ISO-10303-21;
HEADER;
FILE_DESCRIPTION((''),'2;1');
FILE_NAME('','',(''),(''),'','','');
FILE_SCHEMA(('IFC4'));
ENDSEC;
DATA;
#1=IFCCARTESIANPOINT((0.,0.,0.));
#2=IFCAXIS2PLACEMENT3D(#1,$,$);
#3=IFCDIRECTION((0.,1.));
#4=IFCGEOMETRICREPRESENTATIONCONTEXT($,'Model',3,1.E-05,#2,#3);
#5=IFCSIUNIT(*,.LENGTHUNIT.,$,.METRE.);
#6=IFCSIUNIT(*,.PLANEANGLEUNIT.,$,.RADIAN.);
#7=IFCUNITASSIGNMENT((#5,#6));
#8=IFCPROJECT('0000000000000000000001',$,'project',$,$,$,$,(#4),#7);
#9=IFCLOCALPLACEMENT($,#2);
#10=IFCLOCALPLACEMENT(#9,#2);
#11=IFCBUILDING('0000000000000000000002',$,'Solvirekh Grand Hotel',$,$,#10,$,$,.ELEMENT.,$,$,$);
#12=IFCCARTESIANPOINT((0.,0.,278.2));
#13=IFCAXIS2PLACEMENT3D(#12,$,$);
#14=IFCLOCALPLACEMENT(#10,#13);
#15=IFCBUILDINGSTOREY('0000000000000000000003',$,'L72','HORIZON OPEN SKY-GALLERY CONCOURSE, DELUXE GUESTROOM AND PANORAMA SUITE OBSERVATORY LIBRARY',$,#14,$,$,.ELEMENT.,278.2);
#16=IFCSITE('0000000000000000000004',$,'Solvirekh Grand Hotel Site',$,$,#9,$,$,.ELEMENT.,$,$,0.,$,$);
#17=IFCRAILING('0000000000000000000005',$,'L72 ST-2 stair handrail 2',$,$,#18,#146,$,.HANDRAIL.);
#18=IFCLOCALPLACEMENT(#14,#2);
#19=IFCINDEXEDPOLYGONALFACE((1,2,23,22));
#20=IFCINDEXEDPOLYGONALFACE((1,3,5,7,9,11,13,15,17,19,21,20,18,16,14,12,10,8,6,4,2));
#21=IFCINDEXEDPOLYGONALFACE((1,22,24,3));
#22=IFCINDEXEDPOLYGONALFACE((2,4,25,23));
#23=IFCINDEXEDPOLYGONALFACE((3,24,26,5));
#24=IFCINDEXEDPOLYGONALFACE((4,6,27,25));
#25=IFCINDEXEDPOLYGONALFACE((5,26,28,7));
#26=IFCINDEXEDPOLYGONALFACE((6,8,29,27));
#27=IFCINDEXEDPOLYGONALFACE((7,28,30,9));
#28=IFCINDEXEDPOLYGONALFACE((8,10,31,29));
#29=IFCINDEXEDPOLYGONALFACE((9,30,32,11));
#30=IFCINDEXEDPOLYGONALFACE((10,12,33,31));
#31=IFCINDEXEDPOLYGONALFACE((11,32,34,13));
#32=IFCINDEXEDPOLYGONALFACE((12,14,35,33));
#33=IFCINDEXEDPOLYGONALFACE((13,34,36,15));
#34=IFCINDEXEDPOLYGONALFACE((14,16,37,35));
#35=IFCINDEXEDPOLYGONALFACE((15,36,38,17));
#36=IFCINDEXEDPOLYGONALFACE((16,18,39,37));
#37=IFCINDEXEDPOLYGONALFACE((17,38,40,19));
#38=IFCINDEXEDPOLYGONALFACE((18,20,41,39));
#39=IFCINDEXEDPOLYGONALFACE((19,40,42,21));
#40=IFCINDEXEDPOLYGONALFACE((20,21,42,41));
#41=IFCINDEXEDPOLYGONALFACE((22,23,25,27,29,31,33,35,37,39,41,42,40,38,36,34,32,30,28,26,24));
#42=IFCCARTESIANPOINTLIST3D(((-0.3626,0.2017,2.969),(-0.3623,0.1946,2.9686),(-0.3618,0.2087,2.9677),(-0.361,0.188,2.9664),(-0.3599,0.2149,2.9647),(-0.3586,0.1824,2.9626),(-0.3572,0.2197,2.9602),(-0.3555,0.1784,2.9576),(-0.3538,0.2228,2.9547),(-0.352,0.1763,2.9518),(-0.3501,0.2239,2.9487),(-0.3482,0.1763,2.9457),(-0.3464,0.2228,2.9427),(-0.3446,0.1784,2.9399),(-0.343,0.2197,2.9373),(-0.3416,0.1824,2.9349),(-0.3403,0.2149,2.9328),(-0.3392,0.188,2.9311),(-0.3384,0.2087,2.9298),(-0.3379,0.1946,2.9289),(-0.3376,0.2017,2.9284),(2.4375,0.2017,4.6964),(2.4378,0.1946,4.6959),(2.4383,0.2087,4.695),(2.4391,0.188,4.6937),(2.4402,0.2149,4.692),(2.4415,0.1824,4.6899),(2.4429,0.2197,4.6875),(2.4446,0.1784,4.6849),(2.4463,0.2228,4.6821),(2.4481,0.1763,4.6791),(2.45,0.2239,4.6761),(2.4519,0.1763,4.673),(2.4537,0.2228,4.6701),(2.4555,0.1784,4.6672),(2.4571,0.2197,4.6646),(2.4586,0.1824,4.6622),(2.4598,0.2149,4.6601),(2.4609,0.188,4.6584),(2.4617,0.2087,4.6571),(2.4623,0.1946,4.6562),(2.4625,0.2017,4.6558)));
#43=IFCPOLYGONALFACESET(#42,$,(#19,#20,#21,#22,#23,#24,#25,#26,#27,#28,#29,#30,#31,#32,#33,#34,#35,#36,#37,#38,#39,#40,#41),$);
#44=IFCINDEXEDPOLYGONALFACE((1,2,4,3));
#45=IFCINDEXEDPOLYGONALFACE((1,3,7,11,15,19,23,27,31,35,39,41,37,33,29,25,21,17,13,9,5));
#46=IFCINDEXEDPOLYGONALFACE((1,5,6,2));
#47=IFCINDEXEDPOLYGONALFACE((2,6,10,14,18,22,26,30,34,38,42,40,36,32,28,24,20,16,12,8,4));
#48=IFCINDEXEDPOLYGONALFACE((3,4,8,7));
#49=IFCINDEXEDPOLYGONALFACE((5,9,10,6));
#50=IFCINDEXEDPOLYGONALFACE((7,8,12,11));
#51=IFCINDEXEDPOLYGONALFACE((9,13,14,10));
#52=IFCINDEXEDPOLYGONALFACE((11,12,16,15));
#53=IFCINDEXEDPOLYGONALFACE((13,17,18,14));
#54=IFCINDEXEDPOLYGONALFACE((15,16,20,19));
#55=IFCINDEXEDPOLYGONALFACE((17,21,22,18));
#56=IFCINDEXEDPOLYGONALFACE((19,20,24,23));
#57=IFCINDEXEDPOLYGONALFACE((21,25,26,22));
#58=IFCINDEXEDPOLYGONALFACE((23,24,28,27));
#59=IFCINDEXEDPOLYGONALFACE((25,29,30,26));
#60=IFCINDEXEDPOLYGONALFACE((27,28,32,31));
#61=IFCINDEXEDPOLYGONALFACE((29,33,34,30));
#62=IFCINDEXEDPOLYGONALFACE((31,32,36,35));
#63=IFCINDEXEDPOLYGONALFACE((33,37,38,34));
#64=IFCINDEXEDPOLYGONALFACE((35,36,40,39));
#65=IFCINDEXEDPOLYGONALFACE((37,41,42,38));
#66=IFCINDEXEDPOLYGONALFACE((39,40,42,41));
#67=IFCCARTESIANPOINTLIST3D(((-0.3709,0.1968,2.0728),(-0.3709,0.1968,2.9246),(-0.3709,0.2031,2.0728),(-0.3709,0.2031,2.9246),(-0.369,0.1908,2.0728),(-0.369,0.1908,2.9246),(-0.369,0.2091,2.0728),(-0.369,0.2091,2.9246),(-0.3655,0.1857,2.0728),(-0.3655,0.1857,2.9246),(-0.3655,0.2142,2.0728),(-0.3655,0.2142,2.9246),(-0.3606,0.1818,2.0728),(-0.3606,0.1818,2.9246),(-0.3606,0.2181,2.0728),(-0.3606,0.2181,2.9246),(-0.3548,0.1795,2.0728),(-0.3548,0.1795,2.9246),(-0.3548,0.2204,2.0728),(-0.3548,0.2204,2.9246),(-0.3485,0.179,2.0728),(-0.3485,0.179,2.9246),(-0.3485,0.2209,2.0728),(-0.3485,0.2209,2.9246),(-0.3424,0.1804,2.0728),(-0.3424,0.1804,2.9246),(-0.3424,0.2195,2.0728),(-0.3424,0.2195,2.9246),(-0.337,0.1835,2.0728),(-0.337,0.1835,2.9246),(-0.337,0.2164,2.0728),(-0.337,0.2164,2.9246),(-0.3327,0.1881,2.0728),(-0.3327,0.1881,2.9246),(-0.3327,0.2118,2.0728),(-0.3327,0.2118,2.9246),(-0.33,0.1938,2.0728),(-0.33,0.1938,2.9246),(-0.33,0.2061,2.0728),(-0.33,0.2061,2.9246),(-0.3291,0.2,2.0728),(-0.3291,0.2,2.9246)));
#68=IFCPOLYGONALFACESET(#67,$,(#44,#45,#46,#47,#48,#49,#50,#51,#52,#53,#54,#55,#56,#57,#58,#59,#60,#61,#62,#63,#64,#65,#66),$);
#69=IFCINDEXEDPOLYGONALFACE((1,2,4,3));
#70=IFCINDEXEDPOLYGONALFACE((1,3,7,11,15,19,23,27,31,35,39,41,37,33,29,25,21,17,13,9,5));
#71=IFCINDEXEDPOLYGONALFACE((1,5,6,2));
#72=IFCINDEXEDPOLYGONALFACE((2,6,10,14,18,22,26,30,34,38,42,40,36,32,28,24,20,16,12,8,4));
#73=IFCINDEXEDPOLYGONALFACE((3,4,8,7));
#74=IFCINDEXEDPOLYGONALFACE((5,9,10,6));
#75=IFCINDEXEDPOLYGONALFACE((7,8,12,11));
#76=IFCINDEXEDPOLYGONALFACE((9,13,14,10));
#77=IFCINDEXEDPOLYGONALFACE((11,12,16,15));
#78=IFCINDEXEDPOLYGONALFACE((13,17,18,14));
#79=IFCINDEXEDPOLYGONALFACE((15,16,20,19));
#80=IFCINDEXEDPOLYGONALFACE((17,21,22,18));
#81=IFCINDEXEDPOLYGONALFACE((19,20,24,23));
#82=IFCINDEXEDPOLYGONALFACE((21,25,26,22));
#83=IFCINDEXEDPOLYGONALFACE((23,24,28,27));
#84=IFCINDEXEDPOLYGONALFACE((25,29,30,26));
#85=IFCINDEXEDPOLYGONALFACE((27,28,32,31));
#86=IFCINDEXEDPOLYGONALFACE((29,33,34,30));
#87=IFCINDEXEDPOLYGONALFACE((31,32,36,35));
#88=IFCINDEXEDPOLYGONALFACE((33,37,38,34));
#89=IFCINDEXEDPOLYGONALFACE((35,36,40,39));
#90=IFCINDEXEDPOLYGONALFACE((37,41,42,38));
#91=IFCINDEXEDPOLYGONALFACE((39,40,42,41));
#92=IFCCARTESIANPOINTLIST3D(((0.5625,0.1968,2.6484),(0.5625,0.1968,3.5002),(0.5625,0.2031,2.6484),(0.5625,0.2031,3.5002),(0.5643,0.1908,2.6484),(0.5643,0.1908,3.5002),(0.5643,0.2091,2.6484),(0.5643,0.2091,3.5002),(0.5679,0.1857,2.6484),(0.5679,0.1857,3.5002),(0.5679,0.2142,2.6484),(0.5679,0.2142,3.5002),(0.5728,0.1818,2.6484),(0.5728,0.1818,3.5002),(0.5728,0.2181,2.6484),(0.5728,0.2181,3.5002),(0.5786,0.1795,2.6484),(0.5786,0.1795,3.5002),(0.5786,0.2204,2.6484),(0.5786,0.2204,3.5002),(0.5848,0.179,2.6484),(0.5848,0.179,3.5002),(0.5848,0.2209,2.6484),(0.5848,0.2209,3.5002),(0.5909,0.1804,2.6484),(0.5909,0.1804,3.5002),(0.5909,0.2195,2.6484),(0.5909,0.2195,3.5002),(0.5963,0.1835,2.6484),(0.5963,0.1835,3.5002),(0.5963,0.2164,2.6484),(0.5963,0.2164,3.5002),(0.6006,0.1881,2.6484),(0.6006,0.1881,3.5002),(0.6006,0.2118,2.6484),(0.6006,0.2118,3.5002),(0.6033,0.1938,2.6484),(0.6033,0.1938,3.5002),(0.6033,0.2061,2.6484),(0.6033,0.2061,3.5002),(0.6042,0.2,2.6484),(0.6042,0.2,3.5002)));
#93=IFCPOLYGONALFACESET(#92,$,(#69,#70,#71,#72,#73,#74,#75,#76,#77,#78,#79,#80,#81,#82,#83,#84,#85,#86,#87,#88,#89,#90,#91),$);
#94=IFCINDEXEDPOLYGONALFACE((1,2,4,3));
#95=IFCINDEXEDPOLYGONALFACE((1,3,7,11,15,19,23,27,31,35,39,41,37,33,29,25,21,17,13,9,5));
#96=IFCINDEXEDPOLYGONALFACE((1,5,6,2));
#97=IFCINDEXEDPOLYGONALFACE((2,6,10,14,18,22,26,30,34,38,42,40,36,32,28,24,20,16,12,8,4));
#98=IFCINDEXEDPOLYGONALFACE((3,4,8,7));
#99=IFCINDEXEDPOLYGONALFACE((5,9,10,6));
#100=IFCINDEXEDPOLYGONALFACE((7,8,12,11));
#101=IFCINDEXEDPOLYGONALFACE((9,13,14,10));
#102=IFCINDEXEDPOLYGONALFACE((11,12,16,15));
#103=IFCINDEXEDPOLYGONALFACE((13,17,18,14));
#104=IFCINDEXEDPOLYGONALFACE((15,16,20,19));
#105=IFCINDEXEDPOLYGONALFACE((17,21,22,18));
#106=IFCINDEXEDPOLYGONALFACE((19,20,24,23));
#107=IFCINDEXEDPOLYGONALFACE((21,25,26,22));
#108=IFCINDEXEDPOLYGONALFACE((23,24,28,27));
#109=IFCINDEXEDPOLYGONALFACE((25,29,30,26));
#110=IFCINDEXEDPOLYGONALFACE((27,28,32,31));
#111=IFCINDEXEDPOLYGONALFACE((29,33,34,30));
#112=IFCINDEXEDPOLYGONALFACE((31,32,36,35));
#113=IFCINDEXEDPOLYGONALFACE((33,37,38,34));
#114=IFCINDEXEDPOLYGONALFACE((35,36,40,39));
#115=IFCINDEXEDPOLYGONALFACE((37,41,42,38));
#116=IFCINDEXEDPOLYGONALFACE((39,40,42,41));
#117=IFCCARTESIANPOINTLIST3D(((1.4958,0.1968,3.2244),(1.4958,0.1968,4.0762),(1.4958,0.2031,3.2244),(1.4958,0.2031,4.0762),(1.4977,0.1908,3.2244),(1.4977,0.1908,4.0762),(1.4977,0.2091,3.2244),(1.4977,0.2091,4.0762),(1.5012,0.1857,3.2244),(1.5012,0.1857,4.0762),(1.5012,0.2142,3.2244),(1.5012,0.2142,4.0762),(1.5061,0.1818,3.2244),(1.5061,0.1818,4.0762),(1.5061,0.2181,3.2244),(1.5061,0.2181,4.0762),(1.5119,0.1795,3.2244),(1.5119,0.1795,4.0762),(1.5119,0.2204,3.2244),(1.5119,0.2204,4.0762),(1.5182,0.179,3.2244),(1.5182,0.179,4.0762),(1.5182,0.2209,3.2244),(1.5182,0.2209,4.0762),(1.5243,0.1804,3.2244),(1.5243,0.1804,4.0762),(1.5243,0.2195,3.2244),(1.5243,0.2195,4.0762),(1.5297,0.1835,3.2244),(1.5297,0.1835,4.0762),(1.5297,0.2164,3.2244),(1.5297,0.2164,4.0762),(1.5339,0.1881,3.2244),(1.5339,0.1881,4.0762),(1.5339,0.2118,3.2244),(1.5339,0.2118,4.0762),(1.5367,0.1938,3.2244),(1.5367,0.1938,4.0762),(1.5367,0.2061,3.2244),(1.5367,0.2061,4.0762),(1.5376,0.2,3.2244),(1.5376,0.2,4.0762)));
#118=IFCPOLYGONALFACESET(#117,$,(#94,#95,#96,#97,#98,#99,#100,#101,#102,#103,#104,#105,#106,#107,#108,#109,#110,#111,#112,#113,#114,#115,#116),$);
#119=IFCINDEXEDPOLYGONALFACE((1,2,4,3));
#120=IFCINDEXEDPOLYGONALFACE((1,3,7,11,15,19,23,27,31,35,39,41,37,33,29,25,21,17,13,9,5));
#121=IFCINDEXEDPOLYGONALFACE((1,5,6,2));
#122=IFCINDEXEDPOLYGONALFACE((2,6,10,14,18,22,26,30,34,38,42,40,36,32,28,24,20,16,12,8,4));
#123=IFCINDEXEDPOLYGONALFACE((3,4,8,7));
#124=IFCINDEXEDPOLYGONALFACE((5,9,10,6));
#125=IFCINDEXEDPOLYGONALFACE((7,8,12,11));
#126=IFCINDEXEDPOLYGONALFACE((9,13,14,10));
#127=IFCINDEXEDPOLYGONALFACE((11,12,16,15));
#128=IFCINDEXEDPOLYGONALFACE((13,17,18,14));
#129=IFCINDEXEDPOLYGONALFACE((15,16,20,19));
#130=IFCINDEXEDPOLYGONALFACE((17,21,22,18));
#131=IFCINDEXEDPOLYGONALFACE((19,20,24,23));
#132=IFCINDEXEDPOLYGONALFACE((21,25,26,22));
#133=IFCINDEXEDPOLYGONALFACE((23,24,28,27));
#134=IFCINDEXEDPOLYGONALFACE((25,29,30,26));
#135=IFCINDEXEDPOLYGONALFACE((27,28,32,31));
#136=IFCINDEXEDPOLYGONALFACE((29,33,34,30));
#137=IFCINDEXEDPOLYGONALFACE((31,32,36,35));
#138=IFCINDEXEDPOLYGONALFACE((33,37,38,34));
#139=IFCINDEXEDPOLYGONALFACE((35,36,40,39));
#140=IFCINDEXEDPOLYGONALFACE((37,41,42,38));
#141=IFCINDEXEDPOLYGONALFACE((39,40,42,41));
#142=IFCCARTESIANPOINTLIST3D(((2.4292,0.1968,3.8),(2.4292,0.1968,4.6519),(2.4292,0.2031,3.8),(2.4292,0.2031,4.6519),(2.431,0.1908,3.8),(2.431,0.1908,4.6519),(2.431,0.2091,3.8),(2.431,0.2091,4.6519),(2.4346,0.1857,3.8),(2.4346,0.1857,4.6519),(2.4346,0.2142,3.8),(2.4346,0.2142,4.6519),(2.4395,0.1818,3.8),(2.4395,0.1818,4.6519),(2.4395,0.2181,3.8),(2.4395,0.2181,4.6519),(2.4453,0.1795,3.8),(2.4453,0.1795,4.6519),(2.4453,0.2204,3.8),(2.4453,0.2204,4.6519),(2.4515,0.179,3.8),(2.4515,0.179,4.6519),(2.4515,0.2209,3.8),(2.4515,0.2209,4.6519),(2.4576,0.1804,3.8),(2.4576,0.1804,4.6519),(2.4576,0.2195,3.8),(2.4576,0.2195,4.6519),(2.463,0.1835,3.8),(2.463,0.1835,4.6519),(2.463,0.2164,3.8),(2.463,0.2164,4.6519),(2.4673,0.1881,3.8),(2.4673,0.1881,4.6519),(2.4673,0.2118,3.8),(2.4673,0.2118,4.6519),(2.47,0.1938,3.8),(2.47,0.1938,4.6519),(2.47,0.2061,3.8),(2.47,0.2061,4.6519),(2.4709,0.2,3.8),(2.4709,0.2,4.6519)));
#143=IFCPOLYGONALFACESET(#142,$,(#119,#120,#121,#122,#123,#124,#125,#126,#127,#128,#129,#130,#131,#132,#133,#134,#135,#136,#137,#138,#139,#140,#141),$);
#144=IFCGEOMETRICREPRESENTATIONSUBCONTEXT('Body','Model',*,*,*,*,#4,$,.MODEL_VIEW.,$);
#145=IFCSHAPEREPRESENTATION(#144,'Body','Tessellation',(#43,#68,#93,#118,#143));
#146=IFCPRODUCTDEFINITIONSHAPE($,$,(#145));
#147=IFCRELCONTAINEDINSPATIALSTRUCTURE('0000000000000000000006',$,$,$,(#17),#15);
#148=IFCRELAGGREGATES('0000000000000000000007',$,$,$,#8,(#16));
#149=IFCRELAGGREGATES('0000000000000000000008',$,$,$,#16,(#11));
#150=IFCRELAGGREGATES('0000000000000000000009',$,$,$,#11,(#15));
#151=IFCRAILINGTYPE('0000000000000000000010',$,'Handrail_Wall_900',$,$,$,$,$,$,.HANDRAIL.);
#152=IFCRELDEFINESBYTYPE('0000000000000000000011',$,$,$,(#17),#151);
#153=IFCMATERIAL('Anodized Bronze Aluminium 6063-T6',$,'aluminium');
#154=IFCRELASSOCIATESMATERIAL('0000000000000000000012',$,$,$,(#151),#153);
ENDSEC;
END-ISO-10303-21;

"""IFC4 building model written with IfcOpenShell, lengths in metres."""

from ifc_helpers import new_model, si_unit, direction, frame, origin, origin_2d, place, context, subcontext, project, spatial, circle, extrude, material, type_object, element, save


model = new_model("IFC4")

# Units and contexts
model_context = context("Model", 3, precision=1e-05, world=origin(), true_north=direction((0.0, 1.0)))
body_context = subcontext(model_context, "Body", "Model", "MODEL_VIEW")
ifc_project = project(units=[si_unit("LENGTHUNIT", "METRE"), si_unit("PLANEANGLEUNIT", "RADIAN")], contexts=[model_context])

# Site, building, storey
site_placement = place(None, origin())
site = spatial("IfcSite", under=ifc_project, at=site_placement, Name="Solvirekh Grand Hotel Site", CompositionType="ELEMENT", RefElevation=0.0)
building_placement = place(site_placement, origin())
building = spatial("IfcBuilding", under=site, at=building_placement, Name="Solvirekh Grand Hotel", CompositionType="ELEMENT")
storey_placement = place(building_placement, frame((0.0, 0.0, 278.2)))
storey = spatial("IfcBuildingStorey", under=building, at=storey_placement, Name="L72", Description="HORIZON OPEN SKY-GALLERY CONCOURSE, DELUXE GUESTROOM AND PANORAMA SUITE OBSERVATORY LIBRARY", CompositionType="ELEMENT", Elevation=278.2)

# Railing
ifc_material_1 = material(Name="Anodized Bronze Aluminium 6063-T6", Category="aluminium")
railing_type_1 = type_object("IfcRailingType", Name="Handrail_Wall_900", PredefinedType="HANDRAIL", material=ifc_material_1)
for number, where, name in (
    (1, (-0.3501, 0.2, 2.0728), "L72 ST-2 stair handrail 2"),
):
    element("IfcRailing", number, at=place(storey_placement, frame(where)), inside=storey, type_object=railing_type_1, Name=name, PredefinedType="HANDRAIL", context=body_context, shape_type="SweptSolid", body=[
        extrude(circle(Radius=0.0239, at=origin_2d()), frame((0.0, 0.0, 0.876), z_axis=(0.85109, 0.0, 0.52502), x_axis=(0.0, 1.0, 0.0)), (0.0, 0.0, 1.0), 3.29),
        extrude(circle(Radius=0.021, at=origin_2d()), origin(), (0.0, 0.0, 1.0), 0.8518),
        extrude(circle(Radius=0.021, at=origin_2d()), frame((0.9333, 0.0, 0.5757)), (0.0, 0.0, 1.0), 0.8518),
        extrude(circle(Radius=0.021, at=origin_2d()), frame((1.8667, 0.0, 1.1516)), (0.0, 0.0, 1.0), 0.8518),
        extrude(circle(Radius=0.021, at=origin_2d()), frame((2.8, 0.0, 1.7273)), (0.0, 0.0, 1.0), 0.8518),
    ])

save(model, "model.ifc")
